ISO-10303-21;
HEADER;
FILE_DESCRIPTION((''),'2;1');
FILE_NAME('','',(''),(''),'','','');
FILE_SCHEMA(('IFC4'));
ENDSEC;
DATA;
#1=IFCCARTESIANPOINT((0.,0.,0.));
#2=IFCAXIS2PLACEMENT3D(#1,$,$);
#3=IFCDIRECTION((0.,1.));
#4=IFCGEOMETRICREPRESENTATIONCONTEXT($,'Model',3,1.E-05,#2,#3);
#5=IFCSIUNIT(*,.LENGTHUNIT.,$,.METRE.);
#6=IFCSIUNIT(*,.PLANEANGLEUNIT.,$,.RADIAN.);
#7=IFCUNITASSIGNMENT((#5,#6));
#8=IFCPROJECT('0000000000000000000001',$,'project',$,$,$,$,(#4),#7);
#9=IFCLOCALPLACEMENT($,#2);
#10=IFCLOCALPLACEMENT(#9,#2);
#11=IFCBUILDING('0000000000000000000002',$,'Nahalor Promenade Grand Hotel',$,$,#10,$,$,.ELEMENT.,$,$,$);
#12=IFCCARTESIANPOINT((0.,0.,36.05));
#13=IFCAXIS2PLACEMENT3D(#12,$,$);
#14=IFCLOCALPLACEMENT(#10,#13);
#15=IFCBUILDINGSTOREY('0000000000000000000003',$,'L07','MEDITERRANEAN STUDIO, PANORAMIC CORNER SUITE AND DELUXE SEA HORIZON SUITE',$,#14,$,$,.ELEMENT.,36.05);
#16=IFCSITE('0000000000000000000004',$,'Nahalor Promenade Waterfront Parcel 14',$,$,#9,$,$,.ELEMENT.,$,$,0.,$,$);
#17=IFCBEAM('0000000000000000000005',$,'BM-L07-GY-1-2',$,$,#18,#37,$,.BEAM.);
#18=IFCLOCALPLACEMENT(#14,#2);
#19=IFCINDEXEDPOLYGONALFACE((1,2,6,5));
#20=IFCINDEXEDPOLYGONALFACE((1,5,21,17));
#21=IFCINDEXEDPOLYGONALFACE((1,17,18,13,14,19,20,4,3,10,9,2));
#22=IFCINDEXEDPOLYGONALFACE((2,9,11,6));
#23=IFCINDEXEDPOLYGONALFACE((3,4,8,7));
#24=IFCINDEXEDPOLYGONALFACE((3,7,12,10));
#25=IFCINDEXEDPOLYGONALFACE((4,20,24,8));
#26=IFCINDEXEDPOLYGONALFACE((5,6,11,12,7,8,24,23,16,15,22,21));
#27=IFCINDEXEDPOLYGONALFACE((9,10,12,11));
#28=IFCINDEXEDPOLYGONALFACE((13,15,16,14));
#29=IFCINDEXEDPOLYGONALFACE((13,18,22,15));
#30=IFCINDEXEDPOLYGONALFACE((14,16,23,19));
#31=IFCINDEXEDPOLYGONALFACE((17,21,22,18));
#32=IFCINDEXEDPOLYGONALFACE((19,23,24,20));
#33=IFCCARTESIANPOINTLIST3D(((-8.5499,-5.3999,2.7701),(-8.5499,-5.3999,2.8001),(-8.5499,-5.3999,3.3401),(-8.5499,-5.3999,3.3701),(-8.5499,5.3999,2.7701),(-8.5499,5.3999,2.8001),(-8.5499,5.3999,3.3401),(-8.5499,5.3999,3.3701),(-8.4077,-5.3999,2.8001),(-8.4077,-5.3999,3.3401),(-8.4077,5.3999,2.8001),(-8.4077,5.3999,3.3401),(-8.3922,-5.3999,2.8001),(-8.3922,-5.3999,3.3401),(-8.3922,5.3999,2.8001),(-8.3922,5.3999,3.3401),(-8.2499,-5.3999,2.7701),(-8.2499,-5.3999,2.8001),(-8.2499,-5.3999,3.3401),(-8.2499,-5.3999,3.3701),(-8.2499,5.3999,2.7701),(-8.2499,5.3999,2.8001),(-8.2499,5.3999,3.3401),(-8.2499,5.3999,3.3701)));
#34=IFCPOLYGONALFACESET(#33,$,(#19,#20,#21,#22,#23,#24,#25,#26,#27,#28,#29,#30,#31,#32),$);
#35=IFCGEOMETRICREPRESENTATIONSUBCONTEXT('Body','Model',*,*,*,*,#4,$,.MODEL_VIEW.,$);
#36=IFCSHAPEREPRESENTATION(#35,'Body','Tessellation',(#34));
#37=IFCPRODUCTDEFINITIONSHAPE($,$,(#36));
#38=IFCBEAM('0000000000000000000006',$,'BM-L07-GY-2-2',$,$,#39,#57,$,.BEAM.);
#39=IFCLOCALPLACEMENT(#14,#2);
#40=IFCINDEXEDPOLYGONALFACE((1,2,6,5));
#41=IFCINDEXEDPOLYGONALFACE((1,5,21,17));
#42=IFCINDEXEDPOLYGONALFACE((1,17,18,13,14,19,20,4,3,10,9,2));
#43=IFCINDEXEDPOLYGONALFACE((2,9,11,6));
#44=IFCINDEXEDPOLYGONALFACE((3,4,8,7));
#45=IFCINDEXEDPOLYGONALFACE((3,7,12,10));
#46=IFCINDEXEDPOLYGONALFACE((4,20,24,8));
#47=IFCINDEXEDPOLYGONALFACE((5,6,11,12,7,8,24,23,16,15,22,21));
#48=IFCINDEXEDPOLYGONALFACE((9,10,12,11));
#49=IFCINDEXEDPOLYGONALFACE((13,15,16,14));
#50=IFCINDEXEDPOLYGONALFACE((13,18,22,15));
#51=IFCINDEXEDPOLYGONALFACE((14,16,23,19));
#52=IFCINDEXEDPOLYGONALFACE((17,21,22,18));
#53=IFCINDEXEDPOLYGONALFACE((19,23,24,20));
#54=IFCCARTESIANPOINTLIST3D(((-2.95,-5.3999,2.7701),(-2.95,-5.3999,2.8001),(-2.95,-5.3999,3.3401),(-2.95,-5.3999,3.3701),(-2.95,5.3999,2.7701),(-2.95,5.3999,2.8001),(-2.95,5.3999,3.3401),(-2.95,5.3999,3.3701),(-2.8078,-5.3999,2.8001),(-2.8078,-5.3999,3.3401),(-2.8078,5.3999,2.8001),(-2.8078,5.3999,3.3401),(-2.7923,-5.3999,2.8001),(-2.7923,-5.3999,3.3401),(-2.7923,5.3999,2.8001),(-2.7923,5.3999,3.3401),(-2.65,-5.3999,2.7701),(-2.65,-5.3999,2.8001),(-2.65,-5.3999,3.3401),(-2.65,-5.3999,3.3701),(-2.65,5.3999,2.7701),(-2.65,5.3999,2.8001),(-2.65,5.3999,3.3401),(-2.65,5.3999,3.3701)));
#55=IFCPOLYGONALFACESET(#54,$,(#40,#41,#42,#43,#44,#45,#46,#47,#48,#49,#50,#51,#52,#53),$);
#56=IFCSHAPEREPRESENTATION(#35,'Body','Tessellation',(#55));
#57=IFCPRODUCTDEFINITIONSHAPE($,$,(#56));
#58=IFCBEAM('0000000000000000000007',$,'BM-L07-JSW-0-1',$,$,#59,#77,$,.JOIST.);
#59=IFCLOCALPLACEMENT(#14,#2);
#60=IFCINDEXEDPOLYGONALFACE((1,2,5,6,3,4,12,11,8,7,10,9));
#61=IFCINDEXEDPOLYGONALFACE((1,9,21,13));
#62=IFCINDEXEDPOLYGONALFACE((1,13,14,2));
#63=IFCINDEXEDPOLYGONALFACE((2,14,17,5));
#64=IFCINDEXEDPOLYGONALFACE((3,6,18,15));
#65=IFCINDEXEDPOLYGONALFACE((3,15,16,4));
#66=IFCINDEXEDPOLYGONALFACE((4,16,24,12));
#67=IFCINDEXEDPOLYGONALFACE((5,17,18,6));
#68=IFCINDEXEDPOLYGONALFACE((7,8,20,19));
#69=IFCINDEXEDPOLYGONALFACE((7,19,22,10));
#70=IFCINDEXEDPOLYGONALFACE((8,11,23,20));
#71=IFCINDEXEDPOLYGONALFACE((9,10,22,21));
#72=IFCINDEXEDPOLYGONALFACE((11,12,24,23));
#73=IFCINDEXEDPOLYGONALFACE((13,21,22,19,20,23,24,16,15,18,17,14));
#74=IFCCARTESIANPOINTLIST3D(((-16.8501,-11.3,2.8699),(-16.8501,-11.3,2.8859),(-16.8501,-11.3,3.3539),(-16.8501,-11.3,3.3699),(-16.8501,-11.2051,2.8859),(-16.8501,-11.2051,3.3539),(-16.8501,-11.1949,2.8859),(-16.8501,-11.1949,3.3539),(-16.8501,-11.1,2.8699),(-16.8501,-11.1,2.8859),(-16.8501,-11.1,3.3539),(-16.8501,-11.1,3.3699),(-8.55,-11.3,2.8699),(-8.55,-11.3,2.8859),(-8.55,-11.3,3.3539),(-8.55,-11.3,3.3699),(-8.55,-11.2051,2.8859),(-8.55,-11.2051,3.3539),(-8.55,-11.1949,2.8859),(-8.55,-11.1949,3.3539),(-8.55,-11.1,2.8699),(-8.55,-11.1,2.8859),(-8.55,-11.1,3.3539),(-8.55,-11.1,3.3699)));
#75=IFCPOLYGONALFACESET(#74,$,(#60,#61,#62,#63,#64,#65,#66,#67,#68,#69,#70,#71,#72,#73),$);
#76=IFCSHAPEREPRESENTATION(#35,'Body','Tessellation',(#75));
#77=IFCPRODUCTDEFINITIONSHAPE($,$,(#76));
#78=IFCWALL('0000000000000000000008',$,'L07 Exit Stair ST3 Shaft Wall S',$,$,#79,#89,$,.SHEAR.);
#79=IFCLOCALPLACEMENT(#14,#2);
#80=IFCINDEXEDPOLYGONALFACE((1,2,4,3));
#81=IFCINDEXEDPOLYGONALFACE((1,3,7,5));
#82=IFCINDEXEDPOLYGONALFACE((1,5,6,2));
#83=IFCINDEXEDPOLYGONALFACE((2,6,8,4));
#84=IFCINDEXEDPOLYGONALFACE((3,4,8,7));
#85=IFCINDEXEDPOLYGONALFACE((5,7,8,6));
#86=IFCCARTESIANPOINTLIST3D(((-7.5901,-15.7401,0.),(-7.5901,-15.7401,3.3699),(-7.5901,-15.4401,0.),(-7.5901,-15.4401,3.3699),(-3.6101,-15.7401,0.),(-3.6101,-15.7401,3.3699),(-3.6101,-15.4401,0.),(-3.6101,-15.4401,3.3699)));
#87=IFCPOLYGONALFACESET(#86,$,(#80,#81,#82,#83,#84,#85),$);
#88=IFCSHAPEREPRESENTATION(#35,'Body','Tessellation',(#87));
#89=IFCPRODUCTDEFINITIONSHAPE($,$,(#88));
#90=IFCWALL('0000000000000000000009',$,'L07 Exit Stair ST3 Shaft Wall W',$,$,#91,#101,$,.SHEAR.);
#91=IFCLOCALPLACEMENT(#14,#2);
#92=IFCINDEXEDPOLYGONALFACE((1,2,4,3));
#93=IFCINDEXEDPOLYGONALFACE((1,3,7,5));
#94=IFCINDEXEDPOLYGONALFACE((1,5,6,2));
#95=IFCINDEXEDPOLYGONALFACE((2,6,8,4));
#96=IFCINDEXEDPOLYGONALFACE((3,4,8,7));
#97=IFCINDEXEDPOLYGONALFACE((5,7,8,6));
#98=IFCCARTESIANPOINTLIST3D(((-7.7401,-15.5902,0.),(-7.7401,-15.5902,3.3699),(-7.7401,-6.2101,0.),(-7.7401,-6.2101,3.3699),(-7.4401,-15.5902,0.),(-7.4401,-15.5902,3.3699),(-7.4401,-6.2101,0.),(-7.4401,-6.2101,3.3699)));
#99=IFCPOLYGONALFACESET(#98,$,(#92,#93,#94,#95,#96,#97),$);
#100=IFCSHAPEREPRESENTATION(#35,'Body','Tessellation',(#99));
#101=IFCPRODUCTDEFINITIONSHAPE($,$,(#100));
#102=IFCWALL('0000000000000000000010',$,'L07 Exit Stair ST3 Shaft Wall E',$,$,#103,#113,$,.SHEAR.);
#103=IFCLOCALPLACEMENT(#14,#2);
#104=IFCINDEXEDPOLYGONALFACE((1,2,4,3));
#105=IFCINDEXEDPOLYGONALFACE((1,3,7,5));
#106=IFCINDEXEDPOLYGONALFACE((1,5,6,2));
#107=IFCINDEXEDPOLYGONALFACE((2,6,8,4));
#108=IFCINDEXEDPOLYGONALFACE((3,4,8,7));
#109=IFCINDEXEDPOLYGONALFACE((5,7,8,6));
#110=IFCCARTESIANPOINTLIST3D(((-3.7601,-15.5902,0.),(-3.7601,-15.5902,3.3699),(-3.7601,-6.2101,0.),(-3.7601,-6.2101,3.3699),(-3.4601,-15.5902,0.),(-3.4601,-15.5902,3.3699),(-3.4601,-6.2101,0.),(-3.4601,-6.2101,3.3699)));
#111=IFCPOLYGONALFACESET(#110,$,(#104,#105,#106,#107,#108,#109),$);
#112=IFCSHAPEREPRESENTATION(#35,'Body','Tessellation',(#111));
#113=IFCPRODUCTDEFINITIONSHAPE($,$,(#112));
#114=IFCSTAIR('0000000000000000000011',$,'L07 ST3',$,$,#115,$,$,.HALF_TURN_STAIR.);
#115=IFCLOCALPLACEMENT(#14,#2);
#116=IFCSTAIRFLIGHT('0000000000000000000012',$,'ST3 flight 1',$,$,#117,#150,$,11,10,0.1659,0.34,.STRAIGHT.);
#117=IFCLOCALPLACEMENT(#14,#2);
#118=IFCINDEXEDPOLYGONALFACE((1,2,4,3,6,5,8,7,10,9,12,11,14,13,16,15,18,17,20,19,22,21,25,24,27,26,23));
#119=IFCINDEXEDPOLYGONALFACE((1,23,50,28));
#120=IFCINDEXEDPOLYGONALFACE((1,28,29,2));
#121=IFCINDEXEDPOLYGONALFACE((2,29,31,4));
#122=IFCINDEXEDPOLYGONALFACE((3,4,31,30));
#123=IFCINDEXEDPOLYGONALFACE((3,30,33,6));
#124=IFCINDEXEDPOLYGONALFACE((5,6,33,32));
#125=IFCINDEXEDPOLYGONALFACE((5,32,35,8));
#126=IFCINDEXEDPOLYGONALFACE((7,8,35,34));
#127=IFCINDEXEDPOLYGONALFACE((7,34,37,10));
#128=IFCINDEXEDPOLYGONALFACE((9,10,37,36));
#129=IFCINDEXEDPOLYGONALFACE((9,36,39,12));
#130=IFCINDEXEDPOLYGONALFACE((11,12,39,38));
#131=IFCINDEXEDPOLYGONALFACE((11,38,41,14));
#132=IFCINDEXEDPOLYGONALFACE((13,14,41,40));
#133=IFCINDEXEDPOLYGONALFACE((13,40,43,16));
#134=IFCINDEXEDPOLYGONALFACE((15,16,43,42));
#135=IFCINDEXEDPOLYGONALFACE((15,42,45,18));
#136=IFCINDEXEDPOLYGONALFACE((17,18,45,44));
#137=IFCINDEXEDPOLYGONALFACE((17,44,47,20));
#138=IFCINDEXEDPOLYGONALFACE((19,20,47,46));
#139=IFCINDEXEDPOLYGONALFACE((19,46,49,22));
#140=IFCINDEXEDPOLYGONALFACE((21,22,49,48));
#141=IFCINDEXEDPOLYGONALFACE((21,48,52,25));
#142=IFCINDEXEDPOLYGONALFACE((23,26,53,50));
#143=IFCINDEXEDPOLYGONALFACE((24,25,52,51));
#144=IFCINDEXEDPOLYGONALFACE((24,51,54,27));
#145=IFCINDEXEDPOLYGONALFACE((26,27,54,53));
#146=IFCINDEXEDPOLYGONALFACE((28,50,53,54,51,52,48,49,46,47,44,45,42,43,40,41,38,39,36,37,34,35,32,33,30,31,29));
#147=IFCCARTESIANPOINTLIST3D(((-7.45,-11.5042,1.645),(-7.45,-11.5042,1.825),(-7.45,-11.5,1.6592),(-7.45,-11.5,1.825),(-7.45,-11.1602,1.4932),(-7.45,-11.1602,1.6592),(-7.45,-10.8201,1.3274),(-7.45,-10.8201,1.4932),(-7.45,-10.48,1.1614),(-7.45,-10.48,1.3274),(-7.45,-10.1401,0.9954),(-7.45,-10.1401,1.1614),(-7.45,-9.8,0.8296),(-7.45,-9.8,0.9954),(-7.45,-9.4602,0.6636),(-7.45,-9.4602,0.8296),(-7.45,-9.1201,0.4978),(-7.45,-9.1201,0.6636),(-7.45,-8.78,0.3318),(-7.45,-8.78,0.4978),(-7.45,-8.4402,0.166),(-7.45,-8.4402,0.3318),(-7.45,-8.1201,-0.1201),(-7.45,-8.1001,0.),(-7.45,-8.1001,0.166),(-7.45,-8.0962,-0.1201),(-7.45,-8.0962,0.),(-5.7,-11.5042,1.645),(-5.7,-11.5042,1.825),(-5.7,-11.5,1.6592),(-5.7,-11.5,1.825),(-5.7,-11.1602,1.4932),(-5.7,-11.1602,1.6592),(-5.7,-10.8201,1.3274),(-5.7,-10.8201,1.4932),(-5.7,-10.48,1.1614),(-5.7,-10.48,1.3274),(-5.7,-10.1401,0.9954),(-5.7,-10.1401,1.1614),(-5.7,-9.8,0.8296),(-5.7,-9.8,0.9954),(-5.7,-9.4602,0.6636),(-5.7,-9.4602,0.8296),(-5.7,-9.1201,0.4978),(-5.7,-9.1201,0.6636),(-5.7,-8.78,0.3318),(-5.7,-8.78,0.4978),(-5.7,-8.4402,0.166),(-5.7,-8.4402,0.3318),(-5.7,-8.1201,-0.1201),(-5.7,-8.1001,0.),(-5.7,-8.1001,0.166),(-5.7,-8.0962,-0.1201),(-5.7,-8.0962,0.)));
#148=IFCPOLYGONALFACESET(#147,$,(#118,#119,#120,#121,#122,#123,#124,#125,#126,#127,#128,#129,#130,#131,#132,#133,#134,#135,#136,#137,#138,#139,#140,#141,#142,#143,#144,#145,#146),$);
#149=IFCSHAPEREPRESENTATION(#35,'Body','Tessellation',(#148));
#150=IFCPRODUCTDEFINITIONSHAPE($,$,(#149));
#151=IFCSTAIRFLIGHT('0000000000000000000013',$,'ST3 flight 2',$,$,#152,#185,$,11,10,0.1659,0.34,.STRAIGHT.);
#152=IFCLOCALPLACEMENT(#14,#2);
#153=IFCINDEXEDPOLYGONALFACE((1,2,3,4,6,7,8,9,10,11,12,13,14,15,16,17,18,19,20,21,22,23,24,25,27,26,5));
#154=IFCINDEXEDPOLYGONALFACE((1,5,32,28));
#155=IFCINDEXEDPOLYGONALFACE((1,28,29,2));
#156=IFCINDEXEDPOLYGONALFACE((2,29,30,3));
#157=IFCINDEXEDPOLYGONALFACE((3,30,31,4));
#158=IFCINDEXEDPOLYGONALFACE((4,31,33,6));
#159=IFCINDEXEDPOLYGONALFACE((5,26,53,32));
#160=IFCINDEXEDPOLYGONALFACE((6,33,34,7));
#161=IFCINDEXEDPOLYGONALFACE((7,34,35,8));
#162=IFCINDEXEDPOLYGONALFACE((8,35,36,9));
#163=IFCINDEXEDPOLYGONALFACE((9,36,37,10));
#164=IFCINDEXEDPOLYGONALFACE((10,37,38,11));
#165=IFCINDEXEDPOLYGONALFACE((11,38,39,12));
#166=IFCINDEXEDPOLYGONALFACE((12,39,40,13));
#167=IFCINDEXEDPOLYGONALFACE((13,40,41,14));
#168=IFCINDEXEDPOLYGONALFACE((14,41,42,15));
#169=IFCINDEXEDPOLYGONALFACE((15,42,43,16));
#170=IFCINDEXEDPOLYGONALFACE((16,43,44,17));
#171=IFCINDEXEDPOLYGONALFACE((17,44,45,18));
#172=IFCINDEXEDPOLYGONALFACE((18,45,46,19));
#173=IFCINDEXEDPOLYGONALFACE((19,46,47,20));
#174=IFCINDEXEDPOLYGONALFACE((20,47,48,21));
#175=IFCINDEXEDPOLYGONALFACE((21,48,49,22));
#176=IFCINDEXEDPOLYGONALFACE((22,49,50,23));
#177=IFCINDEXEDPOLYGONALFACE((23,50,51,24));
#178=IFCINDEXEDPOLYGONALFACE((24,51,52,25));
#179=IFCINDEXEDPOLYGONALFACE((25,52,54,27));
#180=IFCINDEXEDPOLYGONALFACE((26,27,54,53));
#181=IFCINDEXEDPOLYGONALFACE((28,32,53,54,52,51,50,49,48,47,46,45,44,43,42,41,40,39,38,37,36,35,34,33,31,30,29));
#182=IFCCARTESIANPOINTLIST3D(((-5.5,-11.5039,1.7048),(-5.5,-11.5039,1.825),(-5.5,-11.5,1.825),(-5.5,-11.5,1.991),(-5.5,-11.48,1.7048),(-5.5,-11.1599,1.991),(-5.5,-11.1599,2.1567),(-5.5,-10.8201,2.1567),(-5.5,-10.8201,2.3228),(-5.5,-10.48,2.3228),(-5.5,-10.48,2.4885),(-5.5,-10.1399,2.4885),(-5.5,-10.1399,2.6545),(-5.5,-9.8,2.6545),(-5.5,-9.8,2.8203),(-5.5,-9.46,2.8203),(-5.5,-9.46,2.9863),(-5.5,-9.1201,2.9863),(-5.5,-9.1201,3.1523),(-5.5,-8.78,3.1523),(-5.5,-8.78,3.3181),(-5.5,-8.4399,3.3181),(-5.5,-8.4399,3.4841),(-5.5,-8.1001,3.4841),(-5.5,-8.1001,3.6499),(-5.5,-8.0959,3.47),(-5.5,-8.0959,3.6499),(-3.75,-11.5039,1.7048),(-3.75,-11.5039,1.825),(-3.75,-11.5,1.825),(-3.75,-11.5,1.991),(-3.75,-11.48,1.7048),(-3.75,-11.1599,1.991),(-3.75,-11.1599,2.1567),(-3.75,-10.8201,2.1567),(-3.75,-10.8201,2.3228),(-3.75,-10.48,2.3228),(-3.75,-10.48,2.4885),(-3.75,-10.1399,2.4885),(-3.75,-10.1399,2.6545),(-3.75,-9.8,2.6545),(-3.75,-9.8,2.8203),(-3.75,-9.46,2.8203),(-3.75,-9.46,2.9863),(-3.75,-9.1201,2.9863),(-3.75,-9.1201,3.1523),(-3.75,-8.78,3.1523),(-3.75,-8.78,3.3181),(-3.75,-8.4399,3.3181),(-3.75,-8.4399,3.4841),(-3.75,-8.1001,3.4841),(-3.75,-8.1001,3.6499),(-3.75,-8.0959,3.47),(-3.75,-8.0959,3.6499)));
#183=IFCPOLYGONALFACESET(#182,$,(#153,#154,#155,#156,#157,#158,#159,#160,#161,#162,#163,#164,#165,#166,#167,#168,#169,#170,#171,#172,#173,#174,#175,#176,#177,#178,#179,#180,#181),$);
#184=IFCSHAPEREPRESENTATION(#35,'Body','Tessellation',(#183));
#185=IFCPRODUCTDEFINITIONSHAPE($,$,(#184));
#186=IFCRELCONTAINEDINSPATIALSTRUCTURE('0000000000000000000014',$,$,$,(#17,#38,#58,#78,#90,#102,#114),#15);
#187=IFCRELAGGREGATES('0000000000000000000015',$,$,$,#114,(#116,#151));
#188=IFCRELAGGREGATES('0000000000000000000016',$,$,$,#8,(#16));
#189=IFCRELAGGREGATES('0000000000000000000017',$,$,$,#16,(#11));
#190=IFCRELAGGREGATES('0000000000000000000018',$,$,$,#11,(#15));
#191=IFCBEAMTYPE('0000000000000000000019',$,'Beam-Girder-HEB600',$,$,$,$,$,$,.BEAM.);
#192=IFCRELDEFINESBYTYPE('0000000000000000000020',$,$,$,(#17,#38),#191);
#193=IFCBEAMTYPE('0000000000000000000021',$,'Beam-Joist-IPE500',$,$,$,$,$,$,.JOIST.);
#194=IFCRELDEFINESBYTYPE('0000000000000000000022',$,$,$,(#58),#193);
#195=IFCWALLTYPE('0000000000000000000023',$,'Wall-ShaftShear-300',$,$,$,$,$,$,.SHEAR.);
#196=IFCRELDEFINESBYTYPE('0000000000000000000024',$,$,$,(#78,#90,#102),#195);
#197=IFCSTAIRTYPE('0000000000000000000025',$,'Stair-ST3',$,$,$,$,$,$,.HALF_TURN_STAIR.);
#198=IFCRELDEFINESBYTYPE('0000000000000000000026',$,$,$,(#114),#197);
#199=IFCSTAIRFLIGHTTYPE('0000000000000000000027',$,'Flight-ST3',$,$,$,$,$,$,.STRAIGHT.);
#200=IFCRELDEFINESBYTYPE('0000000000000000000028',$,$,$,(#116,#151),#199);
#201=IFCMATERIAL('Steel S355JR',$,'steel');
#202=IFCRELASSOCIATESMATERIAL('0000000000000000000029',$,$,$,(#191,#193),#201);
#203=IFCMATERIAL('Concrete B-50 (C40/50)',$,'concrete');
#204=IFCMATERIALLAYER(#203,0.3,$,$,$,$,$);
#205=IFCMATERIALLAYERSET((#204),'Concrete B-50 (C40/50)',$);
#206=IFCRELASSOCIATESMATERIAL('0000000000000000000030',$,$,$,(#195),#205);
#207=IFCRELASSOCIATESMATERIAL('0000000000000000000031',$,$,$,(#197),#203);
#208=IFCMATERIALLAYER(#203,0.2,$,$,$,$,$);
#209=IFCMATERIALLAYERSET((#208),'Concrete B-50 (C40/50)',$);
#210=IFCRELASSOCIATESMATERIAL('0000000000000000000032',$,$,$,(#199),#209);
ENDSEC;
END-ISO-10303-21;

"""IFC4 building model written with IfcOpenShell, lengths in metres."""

from ifc_helpers import new_model, si_unit, direction, frame, frame_2d, origin, origin_2d, place, context, subcontext, project, spatial, polyline, rectangle, i_section, outline, extrude, source, transform, mapped, material, layer, layer_set, material_profile, profile_set, type_object, element, aggregate, save


model = new_model("IFC4")

# Units and contexts
model_context = context("Model", 3, precision=1e-05, world=origin(), true_north=direction((0.0, 1.0)))
body_context = subcontext(model_context, "Body", "Model", "MODEL_VIEW")
ifc_project = project(units=[si_unit("LENGTHUNIT", "METRE"), si_unit("PLANEANGLEUNIT", "RADIAN")], contexts=[model_context])

# Site, building, storey
site_placement = place(None, origin())
site = spatial("IfcSite", under=ifc_project, at=site_placement, Name="Nahalor Promenade Waterfront Parcel 14", CompositionType="ELEMENT", RefElevation=0.0)
building_placement = place(site_placement, origin())
building = spatial("IfcBuilding", under=site, at=building_placement, Name="Nahalor Promenade Grand Hotel", CompositionType="ELEMENT")
storey_placement = place(building_placement, frame((0.0, 0.0, 36.05)))
storey = spatial("IfcBuildingStorey", under=building, at=storey_placement, Name="L07", Description="MEDITERRANEAN STUDIO, PANORAMIC CORNER SUITE AND DELUXE SEA HORIZON SUITE", CompositionType="ELEMENT", Elevation=36.05)

# Beams
ifc_material_1 = material(Name="Steel S355JR", Category="steel")
ifc_material_profile_1 = material_profile(ifc_material_1, i_section(OverallWidth=0.3, OverallDepth=0.6, WebThickness=0.0155, FlangeThickness=0.03, at=origin_2d()), Name="HEB 600")
ifc_profile_set_1 = profile_set([ifc_material_profile_1], Name="Steel S355JR")
beam_type_1 = type_object("IfcBeamType", Name="Beam-Girder-HEB600", PredefinedType="BEAM", material=ifc_profile_set_1)
shared_shape_1 = source(origin(), body_context, "Body", "SweptSolid", [
    extrude(i_section(OverallWidth=0.3, OverallDepth=0.6, WebThickness=0.0155, FlangeThickness=0.03, at=origin_2d()), origin(), (0.0, 0.0, 1.0), 10.7998),
])
for number, where, z_axis, x_axis, name in (
    (1, (-8.3999, -5.3999, 3.0701), (0.0, 1.0, 0.0), (-1.0, 0.0, 0.0), "BM-L07-GY-1-2"),
    (2, (-2.8, -5.3999, 3.0701), (0.0, 1.0, 0.0), (-1.0, 0.0, 0.0), "BM-L07-GY-2-2"),
):
    element("IfcBeam", number, at=place(storey_placement, frame(where, z_axis=z_axis, x_axis=x_axis)), inside=storey, type_object=beam_type_1, Name=name, PredefinedType="BEAM", context=body_context, shape_type="MappedRepresentation", body=[
        mapped(shared_shape_1, transform((0.0, 0.0, 0.0), scale=1.0)),
    ])
ifc_material_profile_2 = material_profile(ifc_material_1, i_section(OverallWidth=0.2, OverallDepth=0.5, WebThickness=0.0102, FlangeThickness=0.016, at=origin_2d()), Name="IPE 500")
ifc_profile_set_2 = profile_set([ifc_material_profile_2], Name="Steel S355JR")
beam_type_2 = type_object("IfcBeamType", Name="Beam-Joist-IPE500", PredefinedType="JOIST", material=ifc_profile_set_2)
shared_shape_2 = source(origin(), body_context, "Body", "SweptSolid", [
    extrude(i_section(OverallWidth=0.2, OverallDepth=0.5, WebThickness=0.0102, FlangeThickness=0.016, at=origin_2d()), origin(), (0.0, 0.0, 1.0), 8.3),
])
beam_placement = place(storey_placement, frame((-16.8501, -11.2, 3.1199), z_axis=(1.0, 0.0, 0.0), x_axis=(0.0, 1.0, 0.0)))
element("IfcBeam", 3, at=beam_placement, inside=storey, type_object=beam_type_2, Name="BM-L07-JSW-0-1", PredefinedType="JOIST", context=body_context, shape_type="MappedRepresentation", body=[
    mapped(shared_shape_2, transform((0.0, 0.0, 0.0), scale=1.0)),
])

# Wall
ifc_material_2 = material(Name="Concrete B-50 (C40/50)", Category="concrete")
ifc_layer_1 = layer(ifc_material_2, 0.3)
ifc_layer_set_1 = layer_set([ifc_layer_1], Name="Concrete B-50 (C40/50)")
wall_type = type_object("IfcWallType", Name="Wall-ShaftShear-300", PredefinedType="SHEAR", material=ifc_layer_set_1)
shared_shape_3 = source(origin(), body_context, "Body", "SweptSolid", [
    extrude(rectangle(XDim=3.98, YDim=0.3, at=frame_2d((1.99, 0.0))), origin(), (0.0, 0.0, 1.0), 3.3699),
])
wall_1_placement = place(storey_placement, frame((-7.5901, -15.5901, 0.0), z_axis=(0.0, 0.0, 1.0), x_axis=(1.0, 0.0, 0.0)))
element("IfcWall", 4, at=wall_1_placement, inside=storey, type_object=wall_type, Name="L07 Exit Stair ST3 Shaft Wall S", PredefinedType="SHEAR", context=body_context, shape_type="MappedRepresentation", body=[
    mapped(shared_shape_3, transform((0.0, 0.0, 0.0), scale=1.0)),
])

# Walls
shared_shape_4 = source(origin(), body_context, "Body", "SweptSolid", [
    extrude(rectangle(XDim=9.3801, YDim=0.3, at=frame_2d((4.6899, 0.0))), origin(), (0.0, 0.0, 1.0), 3.3699),
])
for number, where, z_axis, x_axis, name in (
    (5, (-7.5901, -15.5901, 0.0), (0.0, 0.0, 1.0), (0.0, 1.0, 0.0), "L07 Exit Stair ST3 Shaft Wall W"),
    (6, (-3.6101, -15.5901, 0.0), (0.0, 0.0, 1.0), (0.0, 1.0, 0.0), "L07 Exit Stair ST3 Shaft Wall E"),
):
    element("IfcWall", number, at=place(storey_placement, frame(where, z_axis=z_axis, x_axis=x_axis)), inside=storey, type_object=wall_type, Name=name, PredefinedType="SHEAR", context=body_context, shape_type="MappedRepresentation", body=[
        mapped(shared_shape_4, transform((0.0, 0.0, 0.0), scale=1.0)),
    ])

# Stair, stair flights
stair_type = type_object("IfcStairType", Name="Stair-ST3", PredefinedType="HALF_TURN_STAIR", material=ifc_material_2)
stair_placement = place(storey_placement, origin())
stair = element("IfcStair", 7, at=stair_placement, inside=storey, type_object=stair_type, Name="L07 ST3", PredefinedType="HALF_TURN_STAIR")
ifc_layer_2 = layer(ifc_material_2, 0.2)
ifc_layer_set_2 = layer_set([ifc_layer_2], Name="Concrete B-50 (C40/50)")
stair_flight_type = type_object("IfcStairFlightType", Name="Flight-ST3", PredefinedType="STRAIGHT", material=ifc_layer_set_2)
shared_shape_5 = source(origin(), body_context, "Body", "SweptSolid", [
    extrude(outline(polyline([(-0.0039, -0.1201), (-0.0039, 0.0), (0.0, 0.0), (0.0, 0.166), (0.3401, 0.166), (0.3401, 0.3318), (0.6799, 0.3318), (0.6799, 0.4978), (1.02, 0.4978), (1.02, 0.6636), (1.3601, 0.6636), (1.3601, 0.8296), (1.7, 0.8296), (1.7, 0.9954), (2.04, 0.9954), (2.04, 1.1614), (2.3799, 1.1614), (2.3799, 1.3274), (2.72, 1.3274), (2.72, 1.4932), (3.0601, 1.4932), (3.0601, 1.6592), (3.3999, 1.6592), (3.3999, 1.825), (3.4041, 1.825), (3.4041, 1.645), (0.02, -0.1201), (-0.0039, -0.1201)])), frame((0.0, 0.875, 0.0), z_axis=(0.0, -1.0, 0.0), x_axis=(1.0, 0.0, 0.0)), (0.0, 0.0, 1.0), 1.75),
])
stair_flight_1_placement = place(storey_placement, frame((-6.575, -8.1001, 0.0), z_axis=(0.0, 0.0, 1.0), x_axis=(0.0, -1.0, 0.0)))
stair_flight_1 = element("IfcStairFlight", 8, at=stair_flight_1_placement, type_object=stair_flight_type, Name="ST3 flight 1", NumberOfRisers=11, NumberOfTreads=10, PredefinedType="STRAIGHT", RiserHeight=0.1659, TreadLength=0.34, context=body_context, shape_type="MappedRepresentation", body=[
    mapped(shared_shape_5, transform((0.0, 0.0, 0.0), scale=1.0)),
])
stair_flight_2_placement = place(storey_placement, frame((-4.625, -11.5, 1.825), z_axis=(0.0, 0.0, 1.0), x_axis=(0.0, 1.0, 0.0)))
stair_flight_2 = element("IfcStairFlight", 9, at=stair_flight_2_placement, type_object=stair_flight_type, Name="ST3 flight 2", NumberOfRisers=11, NumberOfTreads=10, PredefinedType="STRAIGHT", RiserHeight=0.1659, TreadLength=0.34, context=body_context, shape_type="MappedRepresentation", body=[
    mapped(shared_shape_5, transform((0.0, 0.0, 0.0), scale=1.0)),
])
aggregate(stair, [stair_flight_1, stair_flight_2])

save(model, "model.ifc")
